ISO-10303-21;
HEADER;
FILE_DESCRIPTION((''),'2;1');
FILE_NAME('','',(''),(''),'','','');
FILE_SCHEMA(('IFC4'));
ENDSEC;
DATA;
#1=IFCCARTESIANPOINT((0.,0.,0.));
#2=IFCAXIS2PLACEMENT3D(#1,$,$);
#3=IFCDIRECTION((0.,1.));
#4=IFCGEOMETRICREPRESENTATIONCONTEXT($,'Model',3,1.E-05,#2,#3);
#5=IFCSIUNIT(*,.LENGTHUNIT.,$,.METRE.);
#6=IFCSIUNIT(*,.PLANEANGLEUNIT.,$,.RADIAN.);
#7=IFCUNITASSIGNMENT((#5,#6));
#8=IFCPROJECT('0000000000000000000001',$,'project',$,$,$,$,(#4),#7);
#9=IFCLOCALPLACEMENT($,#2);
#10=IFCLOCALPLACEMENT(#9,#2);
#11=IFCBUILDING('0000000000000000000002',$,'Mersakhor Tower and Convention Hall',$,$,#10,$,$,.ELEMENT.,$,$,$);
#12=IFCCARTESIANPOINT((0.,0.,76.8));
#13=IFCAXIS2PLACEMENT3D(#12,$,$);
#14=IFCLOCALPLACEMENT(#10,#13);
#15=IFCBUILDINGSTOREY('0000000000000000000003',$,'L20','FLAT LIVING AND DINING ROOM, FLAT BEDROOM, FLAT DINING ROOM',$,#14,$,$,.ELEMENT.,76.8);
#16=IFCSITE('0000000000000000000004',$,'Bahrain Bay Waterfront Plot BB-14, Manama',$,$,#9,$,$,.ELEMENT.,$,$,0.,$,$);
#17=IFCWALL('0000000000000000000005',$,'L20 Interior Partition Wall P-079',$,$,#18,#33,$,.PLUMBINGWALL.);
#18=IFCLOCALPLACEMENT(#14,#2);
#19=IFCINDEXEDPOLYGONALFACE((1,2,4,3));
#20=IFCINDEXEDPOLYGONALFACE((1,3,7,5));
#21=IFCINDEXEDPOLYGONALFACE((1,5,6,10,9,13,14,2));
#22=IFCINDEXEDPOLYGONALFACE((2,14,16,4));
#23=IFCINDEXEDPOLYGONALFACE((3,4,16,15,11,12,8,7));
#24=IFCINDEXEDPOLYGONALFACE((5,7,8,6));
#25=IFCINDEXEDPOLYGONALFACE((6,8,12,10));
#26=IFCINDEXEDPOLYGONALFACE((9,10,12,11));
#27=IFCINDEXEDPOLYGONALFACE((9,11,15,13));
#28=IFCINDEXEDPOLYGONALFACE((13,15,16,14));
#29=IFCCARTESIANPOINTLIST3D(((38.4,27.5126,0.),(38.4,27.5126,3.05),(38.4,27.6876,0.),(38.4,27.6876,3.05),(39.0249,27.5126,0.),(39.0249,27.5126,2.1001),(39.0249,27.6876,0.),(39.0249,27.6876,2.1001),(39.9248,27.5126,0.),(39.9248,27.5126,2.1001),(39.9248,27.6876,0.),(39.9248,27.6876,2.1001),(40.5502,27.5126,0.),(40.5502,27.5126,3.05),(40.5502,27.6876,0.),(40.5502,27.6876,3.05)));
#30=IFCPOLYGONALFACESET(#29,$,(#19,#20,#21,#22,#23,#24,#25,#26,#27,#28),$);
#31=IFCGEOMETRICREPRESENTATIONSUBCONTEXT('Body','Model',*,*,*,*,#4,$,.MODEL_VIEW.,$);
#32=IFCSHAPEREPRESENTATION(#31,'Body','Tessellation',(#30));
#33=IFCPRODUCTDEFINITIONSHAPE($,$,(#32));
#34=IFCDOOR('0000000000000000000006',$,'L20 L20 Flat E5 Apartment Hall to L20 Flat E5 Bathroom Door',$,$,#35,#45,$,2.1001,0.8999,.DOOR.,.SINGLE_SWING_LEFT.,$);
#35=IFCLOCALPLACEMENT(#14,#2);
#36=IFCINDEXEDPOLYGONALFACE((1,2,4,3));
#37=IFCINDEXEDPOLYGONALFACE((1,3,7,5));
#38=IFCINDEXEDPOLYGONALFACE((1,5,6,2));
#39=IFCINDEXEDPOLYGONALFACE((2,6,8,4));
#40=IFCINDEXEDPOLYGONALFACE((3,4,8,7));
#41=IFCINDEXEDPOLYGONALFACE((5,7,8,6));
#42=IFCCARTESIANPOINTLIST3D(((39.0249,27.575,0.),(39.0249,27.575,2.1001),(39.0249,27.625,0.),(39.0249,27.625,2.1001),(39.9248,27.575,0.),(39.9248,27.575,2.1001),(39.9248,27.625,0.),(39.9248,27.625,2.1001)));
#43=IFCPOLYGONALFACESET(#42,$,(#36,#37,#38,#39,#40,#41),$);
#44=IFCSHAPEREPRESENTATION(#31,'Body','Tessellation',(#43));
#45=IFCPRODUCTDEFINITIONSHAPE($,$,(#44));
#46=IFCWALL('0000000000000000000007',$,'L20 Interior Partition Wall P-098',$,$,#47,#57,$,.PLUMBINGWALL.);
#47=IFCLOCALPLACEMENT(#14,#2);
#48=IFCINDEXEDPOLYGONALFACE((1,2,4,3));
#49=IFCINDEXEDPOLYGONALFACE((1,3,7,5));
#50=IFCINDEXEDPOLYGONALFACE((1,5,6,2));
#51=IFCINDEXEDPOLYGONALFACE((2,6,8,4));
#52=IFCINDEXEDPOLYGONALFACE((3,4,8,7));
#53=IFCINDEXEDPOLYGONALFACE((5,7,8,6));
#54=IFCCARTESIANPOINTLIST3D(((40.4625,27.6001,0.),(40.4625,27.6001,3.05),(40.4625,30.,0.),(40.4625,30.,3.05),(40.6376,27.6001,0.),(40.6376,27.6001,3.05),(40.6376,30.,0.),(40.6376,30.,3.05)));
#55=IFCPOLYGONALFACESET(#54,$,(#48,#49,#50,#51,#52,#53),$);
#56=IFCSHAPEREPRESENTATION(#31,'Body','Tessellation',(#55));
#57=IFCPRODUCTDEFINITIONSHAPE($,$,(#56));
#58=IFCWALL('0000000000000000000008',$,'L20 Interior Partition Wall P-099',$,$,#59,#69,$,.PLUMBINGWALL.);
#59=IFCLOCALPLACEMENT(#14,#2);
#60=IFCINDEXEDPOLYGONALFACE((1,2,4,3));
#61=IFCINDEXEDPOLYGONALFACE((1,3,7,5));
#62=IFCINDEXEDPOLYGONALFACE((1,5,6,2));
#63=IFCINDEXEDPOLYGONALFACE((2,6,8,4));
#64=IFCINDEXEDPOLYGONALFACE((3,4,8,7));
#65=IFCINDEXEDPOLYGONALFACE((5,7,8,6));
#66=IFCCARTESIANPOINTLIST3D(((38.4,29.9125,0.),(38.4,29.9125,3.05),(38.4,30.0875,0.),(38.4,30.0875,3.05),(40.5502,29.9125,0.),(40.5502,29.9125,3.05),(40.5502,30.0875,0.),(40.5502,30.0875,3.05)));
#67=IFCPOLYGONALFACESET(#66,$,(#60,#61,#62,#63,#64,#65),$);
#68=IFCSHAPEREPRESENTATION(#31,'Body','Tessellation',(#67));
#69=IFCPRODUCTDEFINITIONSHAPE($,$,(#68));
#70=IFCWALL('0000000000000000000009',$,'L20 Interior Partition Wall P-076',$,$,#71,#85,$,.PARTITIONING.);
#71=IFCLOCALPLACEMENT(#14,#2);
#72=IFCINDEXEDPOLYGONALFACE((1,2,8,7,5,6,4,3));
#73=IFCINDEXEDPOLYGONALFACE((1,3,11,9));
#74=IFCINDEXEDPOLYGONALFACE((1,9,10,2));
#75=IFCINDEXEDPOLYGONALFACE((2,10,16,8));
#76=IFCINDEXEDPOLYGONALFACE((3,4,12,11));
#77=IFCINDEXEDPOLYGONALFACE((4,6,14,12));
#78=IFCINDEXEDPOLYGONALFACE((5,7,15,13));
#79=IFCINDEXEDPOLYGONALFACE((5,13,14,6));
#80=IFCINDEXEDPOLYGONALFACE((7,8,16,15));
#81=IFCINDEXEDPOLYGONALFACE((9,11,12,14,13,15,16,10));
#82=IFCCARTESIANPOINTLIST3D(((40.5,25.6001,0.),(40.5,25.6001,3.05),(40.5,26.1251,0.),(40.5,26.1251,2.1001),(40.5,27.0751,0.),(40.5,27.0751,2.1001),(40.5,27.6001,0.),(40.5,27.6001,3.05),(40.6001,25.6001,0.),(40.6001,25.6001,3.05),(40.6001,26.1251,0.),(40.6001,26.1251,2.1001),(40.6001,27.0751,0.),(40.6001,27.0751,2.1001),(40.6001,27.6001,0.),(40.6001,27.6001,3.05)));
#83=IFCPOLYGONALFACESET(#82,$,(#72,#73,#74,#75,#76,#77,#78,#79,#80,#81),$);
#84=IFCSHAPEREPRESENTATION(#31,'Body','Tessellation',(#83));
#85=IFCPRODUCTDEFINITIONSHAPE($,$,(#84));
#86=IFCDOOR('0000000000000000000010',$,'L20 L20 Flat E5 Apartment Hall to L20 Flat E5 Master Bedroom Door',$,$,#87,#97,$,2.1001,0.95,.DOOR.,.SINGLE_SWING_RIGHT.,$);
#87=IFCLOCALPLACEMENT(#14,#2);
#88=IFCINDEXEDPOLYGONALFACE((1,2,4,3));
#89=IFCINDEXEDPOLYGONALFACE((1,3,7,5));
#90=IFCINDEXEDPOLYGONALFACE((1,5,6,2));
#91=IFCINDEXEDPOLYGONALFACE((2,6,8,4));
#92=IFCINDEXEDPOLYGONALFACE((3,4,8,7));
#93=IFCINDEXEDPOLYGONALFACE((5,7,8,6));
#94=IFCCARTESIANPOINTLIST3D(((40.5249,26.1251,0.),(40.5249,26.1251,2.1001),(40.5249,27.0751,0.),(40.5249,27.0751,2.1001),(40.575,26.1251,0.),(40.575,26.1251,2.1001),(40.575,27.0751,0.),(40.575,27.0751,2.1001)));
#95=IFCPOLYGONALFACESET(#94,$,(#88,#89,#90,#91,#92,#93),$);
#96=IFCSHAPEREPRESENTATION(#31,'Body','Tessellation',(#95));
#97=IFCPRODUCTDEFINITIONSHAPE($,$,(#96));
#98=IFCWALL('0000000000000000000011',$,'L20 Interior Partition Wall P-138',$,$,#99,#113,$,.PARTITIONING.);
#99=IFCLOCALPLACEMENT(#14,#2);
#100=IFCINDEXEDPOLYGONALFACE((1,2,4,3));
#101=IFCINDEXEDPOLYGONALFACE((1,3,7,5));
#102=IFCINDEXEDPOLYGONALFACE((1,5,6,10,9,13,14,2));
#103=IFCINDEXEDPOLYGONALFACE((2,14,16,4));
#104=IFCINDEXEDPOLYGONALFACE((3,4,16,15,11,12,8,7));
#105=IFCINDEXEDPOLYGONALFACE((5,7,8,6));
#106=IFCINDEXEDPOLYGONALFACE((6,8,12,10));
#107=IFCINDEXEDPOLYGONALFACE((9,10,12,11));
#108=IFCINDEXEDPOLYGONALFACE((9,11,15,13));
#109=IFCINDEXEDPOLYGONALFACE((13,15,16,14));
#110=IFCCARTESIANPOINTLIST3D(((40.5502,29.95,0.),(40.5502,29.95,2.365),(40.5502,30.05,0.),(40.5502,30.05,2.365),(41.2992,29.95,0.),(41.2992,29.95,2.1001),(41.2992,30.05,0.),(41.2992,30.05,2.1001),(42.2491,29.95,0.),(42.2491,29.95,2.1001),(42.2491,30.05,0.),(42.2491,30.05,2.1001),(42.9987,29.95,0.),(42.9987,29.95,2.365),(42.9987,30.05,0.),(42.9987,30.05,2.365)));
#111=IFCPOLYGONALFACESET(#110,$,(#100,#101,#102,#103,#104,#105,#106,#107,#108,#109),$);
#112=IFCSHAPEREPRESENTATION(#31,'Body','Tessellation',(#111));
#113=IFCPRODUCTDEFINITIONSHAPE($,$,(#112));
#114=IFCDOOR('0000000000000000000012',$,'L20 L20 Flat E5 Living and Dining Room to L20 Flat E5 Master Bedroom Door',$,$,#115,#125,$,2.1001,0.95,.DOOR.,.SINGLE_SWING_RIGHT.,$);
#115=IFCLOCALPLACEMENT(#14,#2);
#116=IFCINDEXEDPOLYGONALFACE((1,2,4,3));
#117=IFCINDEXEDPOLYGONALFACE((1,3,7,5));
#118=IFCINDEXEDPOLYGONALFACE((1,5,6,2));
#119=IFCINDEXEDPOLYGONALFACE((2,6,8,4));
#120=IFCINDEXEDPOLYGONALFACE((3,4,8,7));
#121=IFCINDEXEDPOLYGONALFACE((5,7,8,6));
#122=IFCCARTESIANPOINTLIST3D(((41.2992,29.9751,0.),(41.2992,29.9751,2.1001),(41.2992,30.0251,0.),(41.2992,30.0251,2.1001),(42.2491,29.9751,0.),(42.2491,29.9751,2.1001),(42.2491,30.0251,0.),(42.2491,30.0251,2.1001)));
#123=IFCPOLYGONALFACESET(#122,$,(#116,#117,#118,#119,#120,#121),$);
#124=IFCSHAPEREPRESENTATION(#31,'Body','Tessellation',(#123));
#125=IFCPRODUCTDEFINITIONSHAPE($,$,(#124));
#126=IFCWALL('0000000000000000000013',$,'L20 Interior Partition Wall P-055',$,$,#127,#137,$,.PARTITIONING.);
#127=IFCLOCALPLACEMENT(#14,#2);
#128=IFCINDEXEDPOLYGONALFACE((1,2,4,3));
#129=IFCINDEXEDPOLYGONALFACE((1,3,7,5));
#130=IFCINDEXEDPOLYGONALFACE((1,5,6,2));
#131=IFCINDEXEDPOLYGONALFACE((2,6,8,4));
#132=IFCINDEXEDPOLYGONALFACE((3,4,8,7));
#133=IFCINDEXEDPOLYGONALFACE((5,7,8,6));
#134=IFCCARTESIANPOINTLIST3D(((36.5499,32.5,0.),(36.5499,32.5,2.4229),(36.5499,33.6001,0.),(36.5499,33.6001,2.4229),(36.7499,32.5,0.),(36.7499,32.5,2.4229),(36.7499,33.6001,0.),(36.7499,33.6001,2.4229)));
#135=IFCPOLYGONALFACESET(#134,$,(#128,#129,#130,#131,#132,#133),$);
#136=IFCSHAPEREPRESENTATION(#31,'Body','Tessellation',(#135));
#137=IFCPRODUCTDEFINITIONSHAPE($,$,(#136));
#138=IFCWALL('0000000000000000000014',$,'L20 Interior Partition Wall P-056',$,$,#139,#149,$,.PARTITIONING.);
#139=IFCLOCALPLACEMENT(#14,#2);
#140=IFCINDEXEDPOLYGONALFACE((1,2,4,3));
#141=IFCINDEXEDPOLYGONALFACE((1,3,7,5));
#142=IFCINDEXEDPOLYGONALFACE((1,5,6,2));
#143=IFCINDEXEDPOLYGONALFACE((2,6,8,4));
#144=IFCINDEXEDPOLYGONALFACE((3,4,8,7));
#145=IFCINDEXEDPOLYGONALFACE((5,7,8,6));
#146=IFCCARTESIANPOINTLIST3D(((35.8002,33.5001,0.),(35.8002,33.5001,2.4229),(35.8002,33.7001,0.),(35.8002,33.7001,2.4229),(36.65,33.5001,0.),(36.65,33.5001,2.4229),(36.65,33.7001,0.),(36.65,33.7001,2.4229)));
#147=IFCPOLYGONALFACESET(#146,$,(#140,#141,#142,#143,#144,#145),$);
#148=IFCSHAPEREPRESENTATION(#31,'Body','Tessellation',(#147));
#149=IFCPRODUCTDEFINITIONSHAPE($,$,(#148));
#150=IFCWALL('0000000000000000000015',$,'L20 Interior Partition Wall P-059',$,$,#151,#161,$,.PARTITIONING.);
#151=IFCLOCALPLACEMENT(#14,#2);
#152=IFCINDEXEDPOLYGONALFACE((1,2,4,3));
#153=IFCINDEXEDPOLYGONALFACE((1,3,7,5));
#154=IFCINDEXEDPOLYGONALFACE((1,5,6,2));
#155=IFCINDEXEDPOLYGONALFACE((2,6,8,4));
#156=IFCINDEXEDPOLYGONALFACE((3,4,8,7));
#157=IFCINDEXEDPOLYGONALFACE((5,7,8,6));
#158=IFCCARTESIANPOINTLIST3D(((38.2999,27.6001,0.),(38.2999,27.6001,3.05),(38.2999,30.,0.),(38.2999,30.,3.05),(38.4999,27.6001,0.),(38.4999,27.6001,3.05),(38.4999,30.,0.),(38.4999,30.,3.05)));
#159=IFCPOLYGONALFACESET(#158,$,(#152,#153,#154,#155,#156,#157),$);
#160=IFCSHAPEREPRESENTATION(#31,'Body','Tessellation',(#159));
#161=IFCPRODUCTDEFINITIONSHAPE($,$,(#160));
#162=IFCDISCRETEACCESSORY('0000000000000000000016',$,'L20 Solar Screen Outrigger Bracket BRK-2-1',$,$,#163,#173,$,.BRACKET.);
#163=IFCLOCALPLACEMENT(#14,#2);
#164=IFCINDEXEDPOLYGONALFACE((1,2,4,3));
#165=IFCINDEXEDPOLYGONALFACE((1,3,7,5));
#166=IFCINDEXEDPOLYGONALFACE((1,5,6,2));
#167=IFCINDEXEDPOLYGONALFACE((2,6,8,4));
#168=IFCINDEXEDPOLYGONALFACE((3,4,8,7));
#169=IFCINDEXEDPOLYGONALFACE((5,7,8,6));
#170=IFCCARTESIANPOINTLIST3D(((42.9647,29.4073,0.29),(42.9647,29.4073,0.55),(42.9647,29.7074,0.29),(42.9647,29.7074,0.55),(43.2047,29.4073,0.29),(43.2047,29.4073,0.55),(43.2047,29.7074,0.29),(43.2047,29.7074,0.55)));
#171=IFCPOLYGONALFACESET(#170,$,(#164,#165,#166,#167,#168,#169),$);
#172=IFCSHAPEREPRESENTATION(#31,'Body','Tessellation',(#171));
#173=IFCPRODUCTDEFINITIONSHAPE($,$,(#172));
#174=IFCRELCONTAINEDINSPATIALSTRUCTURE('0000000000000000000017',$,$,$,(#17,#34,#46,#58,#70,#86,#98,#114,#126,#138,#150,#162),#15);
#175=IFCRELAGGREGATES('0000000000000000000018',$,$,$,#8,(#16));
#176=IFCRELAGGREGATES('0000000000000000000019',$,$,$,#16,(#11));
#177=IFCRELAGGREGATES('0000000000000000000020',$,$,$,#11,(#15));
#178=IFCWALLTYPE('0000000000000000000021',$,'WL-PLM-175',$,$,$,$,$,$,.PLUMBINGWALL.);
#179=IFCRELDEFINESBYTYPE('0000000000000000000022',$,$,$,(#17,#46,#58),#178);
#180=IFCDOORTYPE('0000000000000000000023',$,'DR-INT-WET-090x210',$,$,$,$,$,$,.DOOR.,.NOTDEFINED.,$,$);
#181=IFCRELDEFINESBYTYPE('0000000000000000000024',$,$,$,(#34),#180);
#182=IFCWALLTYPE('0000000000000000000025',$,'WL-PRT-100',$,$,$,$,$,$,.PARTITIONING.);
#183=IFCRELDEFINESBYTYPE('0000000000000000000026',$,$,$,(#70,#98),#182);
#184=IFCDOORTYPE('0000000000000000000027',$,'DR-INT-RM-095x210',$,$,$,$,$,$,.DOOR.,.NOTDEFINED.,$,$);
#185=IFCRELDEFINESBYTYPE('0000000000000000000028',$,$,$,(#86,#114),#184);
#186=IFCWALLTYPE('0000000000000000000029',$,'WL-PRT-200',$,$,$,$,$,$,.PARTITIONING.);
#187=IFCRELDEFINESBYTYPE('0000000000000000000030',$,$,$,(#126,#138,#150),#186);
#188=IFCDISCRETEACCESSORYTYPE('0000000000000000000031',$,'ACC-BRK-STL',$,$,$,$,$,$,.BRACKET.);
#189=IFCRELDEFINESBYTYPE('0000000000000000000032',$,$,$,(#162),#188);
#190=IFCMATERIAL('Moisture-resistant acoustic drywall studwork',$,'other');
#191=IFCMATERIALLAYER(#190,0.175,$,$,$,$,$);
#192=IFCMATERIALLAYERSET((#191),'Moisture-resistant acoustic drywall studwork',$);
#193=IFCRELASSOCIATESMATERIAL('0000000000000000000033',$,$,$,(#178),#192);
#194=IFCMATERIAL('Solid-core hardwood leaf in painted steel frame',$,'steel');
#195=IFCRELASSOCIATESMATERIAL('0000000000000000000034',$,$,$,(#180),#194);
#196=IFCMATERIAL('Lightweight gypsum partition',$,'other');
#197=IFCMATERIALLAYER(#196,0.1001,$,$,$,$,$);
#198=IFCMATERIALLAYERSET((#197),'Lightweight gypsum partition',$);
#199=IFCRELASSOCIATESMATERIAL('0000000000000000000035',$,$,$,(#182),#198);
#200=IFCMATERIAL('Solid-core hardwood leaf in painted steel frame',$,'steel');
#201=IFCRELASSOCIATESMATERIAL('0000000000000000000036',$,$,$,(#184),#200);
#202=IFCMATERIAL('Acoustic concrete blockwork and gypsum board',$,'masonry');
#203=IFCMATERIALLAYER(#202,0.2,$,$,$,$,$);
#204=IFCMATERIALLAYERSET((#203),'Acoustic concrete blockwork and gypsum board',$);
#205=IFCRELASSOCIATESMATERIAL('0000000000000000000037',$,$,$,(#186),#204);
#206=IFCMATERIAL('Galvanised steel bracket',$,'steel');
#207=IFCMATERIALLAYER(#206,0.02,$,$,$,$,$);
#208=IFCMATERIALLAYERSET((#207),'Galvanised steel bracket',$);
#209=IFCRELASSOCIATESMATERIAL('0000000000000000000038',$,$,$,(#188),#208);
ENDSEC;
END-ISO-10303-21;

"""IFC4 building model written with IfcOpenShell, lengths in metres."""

from ifc_helpers import new_model, si_unit, direction, frame, frame_2d, origin, origin_2d, place, context, subcontext, project, spatial, rectangle, extrude, material, layer, layer_set, type_object, element, fill, save


model = new_model("IFC4")

# Units and contexts
model_context = context("Model", 3, precision=1e-05, world=origin(), true_north=direction((0.0, 1.0)))
body_context = subcontext(model_context, "Body", "Model", "MODEL_VIEW")
ifc_project = project(units=[si_unit("LENGTHUNIT", "METRE"), si_unit("PLANEANGLEUNIT", "RADIAN")], contexts=[model_context])

# Site, building, storey
site_placement = place(None, origin())
site = spatial("IfcSite", under=ifc_project, at=site_placement, Name="Bahrain Bay Waterfront Plot BB-14, Manama", CompositionType="ELEMENT", RefElevation=0.0)
building_placement = place(site_placement, origin())
building = spatial("IfcBuilding", under=site, at=building_placement, Name="Mersakhor Tower and Convention Hall", CompositionType="ELEMENT")
storey_placement = place(building_placement, frame((0.0, 0.0, 76.8)))
storey = spatial("IfcBuildingStorey", under=building, at=storey_placement, Name="L20", Description="FLAT LIVING AND DINING ROOM, FLAT BEDROOM, FLAT DINING ROOM", CompositionType="ELEMENT", Elevation=76.8)

# Wall, opening, door
ifc_material_1 = material(Name="Moisture-resistant acoustic drywall studwork", Category="other")
ifc_layer_1 = layer(ifc_material_1, 0.175)
ifc_layer_set_1 = layer_set([ifc_layer_1], Name="Moisture-resistant acoustic drywall studwork")
wall_type_1 = type_object("IfcWallType", Name="WL-PLM-175", PredefinedType="PLUMBINGWALL", material=ifc_layer_set_1)
wall_1_placement = place(storey_placement, frame((38.3999, 27.6001, 0.0), z_axis=(0.0, 0.0, 1.0), x_axis=(1.0, 0.0, 0.0)))
wall_1 = element("IfcWall", 1, at=wall_1_placement, inside=storey, type_object=wall_type_1, Name="L20 Interior Partition Wall P-079", PredefinedType="PLUMBINGWALL", context=body_context, shape_type="SweptSolid", body=[
    extrude(rectangle(XDim=2.1501, YDim=0.175, at=frame_2d((1.0752, 0.0))), origin(), (0.0, 0.0, 1.0), 3.05),
])
opening_1_placement = place(wall_1_placement, frame((0.625, 0.0, 0.0)))
opening_1 = element("IfcOpeningElement", 2, at=opening_1_placement, cuts=wall_1, PredefinedType="OPENING", context=body_context, shape_type="SweptSolid", body=[
    extrude(rectangle(XDim=0.8999, YDim=2.1001, at=frame_2d((0.45, 1.05))), frame((0.0, 0.0974, 0.0), z_axis=(0.0, -1.0, 0.0), x_axis=(1.0, 0.0, 0.0)), (0.0, 0.0, 1.0), 0.1951),
])
ifc_material_2 = material(Name="Solid-core hardwood leaf in painted steel frame", Category="steel")
door_type_1 = type_object("IfcDoorType", Name="DR-INT-WET-090x210", OperationType="NOTDEFINED", PredefinedType="DOOR", material=ifc_material_2)
door_1_placement = place(opening_1_placement, origin())
door_1 = element("IfcDoor", 3, at=door_1_placement, inside=storey, type_object=door_type_1, Name="L20 L20 Flat E5 Apartment Hall to L20 Flat E5 Bathroom Door", OperationType="SINGLE_SWING_LEFT", OverallHeight=2.1001, OverallWidth=0.8999, PredefinedType="DOOR", context=body_context, shape_type="SweptSolid", body=[
    extrude(rectangle(XDim=0.8999, YDim=2.1001, at=frame_2d((0.45, 1.05))), frame((0.0, 0.0249, 0.0), z_axis=(0.0, -1.0, 0.0), x_axis=(1.0, 0.0, 0.0)), (0.0, 0.0, 1.0), 0.05),
])
fill(opening_1, door_1)

# Walls
wall_2_placement = place(storey_placement, frame((40.55, 30.0, 0.0), z_axis=(0.0, 0.0, 1.0), x_axis=(0.0, -1.0, 0.0)))
element("IfcWall", 4, at=wall_2_placement, inside=storey, type_object=wall_type_1, Name="L20 Interior Partition Wall P-098", PredefinedType="PLUMBINGWALL", context=body_context, shape_type="SweptSolid", body=[
    extrude(rectangle(XDim=2.3999, YDim=0.175, at=frame_2d((1.2, 0.0))), origin(), (0.0, 0.0, 1.0), 3.05),
])
wall_3_placement = place(storey_placement, frame((38.3999, 30.0, 0.0), z_axis=(0.0, 0.0, 1.0), x_axis=(1.0, 0.0, 0.0)))
element("IfcWall", 5, at=wall_3_placement, inside=storey, type_object=wall_type_1, Name="L20 Interior Partition Wall P-099", PredefinedType="PLUMBINGWALL", context=body_context, shape_type="SweptSolid", body=[
    extrude(rectangle(XDim=2.1501, YDim=0.175, at=frame_2d((1.0752, 0.0))), origin(), (0.0, 0.0, 1.0), 3.05),
])

# Walls, openings, doors
ifc_material_3 = material(Name="Lightweight gypsum partition", Category="other")
ifc_layer_2 = layer(ifc_material_3, 0.1001)
ifc_layer_set_2 = layer_set([ifc_layer_2], Name="Lightweight gypsum partition")
wall_type_2 = type_object("IfcWallType", Name="WL-PRT-100", PredefinedType="PARTITIONING", material=ifc_layer_set_2)
wall_4_placement = place(storey_placement, frame((40.55, 27.6001, 0.0), z_axis=(0.0, 0.0, 1.0), x_axis=(0.0, -1.0, 0.0)))
wall_4 = element("IfcWall", 6, at=wall_4_placement, inside=storey, type_object=wall_type_2, Name="L20 Interior Partition Wall P-076", PredefinedType="PARTITIONING", context=body_context, shape_type="SweptSolid", body=[
    extrude(rectangle(XDim=2.0, YDim=0.1001, at=frame_2d((1.0, 0.0))), origin(), (0.0, 0.0, 1.0), 3.05),
])
opening_2_placement = place(wall_4_placement, frame((0.5249, 0.0, 0.0)))
opening_2 = element("IfcOpeningElement", 7, at=opening_2_placement, cuts=wall_4, PredefinedType="OPENING", context=body_context, shape_type="SweptSolid", body=[
    extrude(rectangle(XDim=0.95, YDim=2.1001, at=frame_2d((0.4751, 1.05))), frame((0.0, 0.0601, 0.0), z_axis=(0.0, -1.0, 0.0), x_axis=(1.0, 0.0, 0.0)), (0.0, 0.0, 1.0), 0.1201),
])
ifc_material_4 = material(Name="Solid-core hardwood leaf in painted steel frame", Category="steel")
door_type_2 = type_object("IfcDoorType", Name="DR-INT-RM-095x210", OperationType="NOTDEFINED", PredefinedType="DOOR", material=ifc_material_4)
door_2_placement = place(opening_2_placement, origin())
door_2 = element("IfcDoor", 8, at=door_2_placement, inside=storey, type_object=door_type_2, Name="L20 L20 Flat E5 Apartment Hall to L20 Flat E5 Master Bedroom Door", OperationType="SINGLE_SWING_RIGHT", OverallHeight=2.1001, OverallWidth=0.95, PredefinedType="DOOR", context=body_context, shape_type="SweptSolid", body=[
    extrude(rectangle(XDim=0.95, YDim=2.1001, at=frame_2d((0.4751, 1.05))), frame((0.0, 0.0249, 0.0), z_axis=(0.0, -1.0, 0.0), x_axis=(1.0, 0.0, 0.0)), (0.0, 0.0, 1.0), 0.05),
])
fill(opening_2, door_2)
wall_5_placement = place(storey_placement, frame((42.9985, 30.0, 0.0), z_axis=(0.0, 0.0, 1.0), x_axis=(-1.0, 0.0, 0.0)))
wall_5 = element("IfcWall", 9, at=wall_5_placement, inside=storey, type_object=wall_type_2, Name="L20 Interior Partition Wall P-138", PredefinedType="PARTITIONING", context=body_context, shape_type="SweptSolid", body=[
    extrude(rectangle(XDim=2.4485, YDim=0.1001, at=frame_2d((1.2241, 0.0))), origin(), (0.0, 0.0, 1.0), 2.365),
])
opening_3_placement = place(wall_5_placement, frame((0.7493, 0.0, 0.0)))
opening_3 = element("IfcOpeningElement", 10, at=opening_3_placement, cuts=wall_5, PredefinedType="OPENING", context=body_context, shape_type="SweptSolid", body=[
    extrude(rectangle(XDim=0.95, YDim=2.1001, at=frame_2d((0.4751, 1.05))), frame((0.0, 0.0601, 0.0), z_axis=(0.0, -1.0, 0.0), x_axis=(1.0, 0.0, 0.0)), (0.0, 0.0, 1.0), 0.1201),
])
door_3_placement = place(opening_3_placement, origin())
door_3 = element("IfcDoor", 11, at=door_3_placement, inside=storey, type_object=door_type_2, Name="L20 L20 Flat E5 Living and Dining Room to L20 Flat E5 Master Bedroom Door", OperationType="SINGLE_SWING_RIGHT", OverallHeight=2.1001, OverallWidth=0.95, PredefinedType="DOOR", context=body_context, shape_type="SweptSolid", body=[
    extrude(rectangle(XDim=0.95, YDim=2.1001, at=frame_2d((0.4751, 1.05))), frame((0.0, 0.0249, 0.0), z_axis=(0.0, -1.0, 0.0), x_axis=(1.0, 0.0, 0.0)), (0.0, 0.0, 1.0), 0.05),
])
fill(opening_3, door_3)

# Walls
ifc_material_5 = material(Name="Acoustic concrete blockwork and gypsum board", Category="masonry")
ifc_layer_3 = layer(ifc_material_5, 0.2)
ifc_layer_set_3 = layer_set([ifc_layer_3], Name="Acoustic concrete blockwork and gypsum board")
wall_type_3 = type_object("IfcWallType", Name="WL-PRT-200", PredefinedType="PARTITIONING", material=ifc_layer_set_3)
wall_6_placement = place(storey_placement, frame((36.6499, 32.5, 0.0), z_axis=(0.0, 0.0, 1.0), x_axis=(0.0, 1.0, 0.0)))
element("IfcWall", 12, at=wall_6_placement, inside=storey, type_object=wall_type_3, Name="L20 Interior Partition Wall P-055", PredefinedType="PARTITIONING", context=body_context, shape_type="SweptSolid", body=[
    extrude(rectangle(XDim=1.1001, YDim=0.2, at=frame_2d((0.55, 0.0))), origin(), (0.0, 0.0, 1.0), 2.4229),
])
wall_7_placement = place(storey_placement, frame((36.6499, 33.6001, 0.0), z_axis=(0.0, 0.0, 1.0), x_axis=(-1.0, 0.0, 0.0)))
element("IfcWall", 13, at=wall_7_placement, inside=storey, type_object=wall_type_3, Name="L20 Interior Partition Wall P-056", PredefinedType="PARTITIONING", context=body_context, shape_type="SweptSolid", body=[
    extrude(rectangle(XDim=0.8499, YDim=0.2, at=frame_2d((0.4248, 0.0))), origin(), (0.0, 0.0, 1.0), 2.4229),
])
wall_8_placement = place(storey_placement, frame((38.3999, 30.0, 0.0), z_axis=(0.0, 0.0, 1.0), x_axis=(0.0, -1.0, 0.0)))
element("IfcWall", 14, at=wall_8_placement, inside=storey, type_object=wall_type_3, Name="L20 Interior Partition Wall P-059", PredefinedType="PARTITIONING", context=body_context, shape_type="SweptSolid", body=[
    extrude(rectangle(XDim=2.3999, YDim=0.2, at=frame_2d((1.2, 0.0))), origin(), (0.0, 0.0, 1.0), 3.05),
])

# Discrete accessory
ifc_material_6 = material(Name="Galvanised steel bracket", Category="steel")
ifc_layer_4 = layer(ifc_material_6, 0.02)
ifc_layer_set_4 = layer_set([ifc_layer_4], Name="Galvanised steel bracket")
discrete_accessory_type = type_object("IfcDiscreteAccessoryType", Name="ACC-BRK-STL", PredefinedType="BRACKET", material=ifc_layer_set_4)
discrete_accessory_placement = place(storey_placement, frame((43.0847, 29.5574, 0.29), z_axis=(0.0, 0.0, 1.0), x_axis=(0.0, -1.0, 0.0)))
element("IfcDiscreteAccessory", 15, at=discrete_accessory_placement, inside=storey, type_object=discrete_accessory_type, Name="L20 Solar Screen Outrigger Bracket BRK-2-1", PredefinedType="BRACKET", context=body_context, shape_type="SweptSolid", body=[
    extrude(rectangle(XDim=0.3, YDim=0.24, at=origin_2d()), origin(), (0.0, 0.0, 1.0), 0.26),
])

save(model, "model.ifc")
